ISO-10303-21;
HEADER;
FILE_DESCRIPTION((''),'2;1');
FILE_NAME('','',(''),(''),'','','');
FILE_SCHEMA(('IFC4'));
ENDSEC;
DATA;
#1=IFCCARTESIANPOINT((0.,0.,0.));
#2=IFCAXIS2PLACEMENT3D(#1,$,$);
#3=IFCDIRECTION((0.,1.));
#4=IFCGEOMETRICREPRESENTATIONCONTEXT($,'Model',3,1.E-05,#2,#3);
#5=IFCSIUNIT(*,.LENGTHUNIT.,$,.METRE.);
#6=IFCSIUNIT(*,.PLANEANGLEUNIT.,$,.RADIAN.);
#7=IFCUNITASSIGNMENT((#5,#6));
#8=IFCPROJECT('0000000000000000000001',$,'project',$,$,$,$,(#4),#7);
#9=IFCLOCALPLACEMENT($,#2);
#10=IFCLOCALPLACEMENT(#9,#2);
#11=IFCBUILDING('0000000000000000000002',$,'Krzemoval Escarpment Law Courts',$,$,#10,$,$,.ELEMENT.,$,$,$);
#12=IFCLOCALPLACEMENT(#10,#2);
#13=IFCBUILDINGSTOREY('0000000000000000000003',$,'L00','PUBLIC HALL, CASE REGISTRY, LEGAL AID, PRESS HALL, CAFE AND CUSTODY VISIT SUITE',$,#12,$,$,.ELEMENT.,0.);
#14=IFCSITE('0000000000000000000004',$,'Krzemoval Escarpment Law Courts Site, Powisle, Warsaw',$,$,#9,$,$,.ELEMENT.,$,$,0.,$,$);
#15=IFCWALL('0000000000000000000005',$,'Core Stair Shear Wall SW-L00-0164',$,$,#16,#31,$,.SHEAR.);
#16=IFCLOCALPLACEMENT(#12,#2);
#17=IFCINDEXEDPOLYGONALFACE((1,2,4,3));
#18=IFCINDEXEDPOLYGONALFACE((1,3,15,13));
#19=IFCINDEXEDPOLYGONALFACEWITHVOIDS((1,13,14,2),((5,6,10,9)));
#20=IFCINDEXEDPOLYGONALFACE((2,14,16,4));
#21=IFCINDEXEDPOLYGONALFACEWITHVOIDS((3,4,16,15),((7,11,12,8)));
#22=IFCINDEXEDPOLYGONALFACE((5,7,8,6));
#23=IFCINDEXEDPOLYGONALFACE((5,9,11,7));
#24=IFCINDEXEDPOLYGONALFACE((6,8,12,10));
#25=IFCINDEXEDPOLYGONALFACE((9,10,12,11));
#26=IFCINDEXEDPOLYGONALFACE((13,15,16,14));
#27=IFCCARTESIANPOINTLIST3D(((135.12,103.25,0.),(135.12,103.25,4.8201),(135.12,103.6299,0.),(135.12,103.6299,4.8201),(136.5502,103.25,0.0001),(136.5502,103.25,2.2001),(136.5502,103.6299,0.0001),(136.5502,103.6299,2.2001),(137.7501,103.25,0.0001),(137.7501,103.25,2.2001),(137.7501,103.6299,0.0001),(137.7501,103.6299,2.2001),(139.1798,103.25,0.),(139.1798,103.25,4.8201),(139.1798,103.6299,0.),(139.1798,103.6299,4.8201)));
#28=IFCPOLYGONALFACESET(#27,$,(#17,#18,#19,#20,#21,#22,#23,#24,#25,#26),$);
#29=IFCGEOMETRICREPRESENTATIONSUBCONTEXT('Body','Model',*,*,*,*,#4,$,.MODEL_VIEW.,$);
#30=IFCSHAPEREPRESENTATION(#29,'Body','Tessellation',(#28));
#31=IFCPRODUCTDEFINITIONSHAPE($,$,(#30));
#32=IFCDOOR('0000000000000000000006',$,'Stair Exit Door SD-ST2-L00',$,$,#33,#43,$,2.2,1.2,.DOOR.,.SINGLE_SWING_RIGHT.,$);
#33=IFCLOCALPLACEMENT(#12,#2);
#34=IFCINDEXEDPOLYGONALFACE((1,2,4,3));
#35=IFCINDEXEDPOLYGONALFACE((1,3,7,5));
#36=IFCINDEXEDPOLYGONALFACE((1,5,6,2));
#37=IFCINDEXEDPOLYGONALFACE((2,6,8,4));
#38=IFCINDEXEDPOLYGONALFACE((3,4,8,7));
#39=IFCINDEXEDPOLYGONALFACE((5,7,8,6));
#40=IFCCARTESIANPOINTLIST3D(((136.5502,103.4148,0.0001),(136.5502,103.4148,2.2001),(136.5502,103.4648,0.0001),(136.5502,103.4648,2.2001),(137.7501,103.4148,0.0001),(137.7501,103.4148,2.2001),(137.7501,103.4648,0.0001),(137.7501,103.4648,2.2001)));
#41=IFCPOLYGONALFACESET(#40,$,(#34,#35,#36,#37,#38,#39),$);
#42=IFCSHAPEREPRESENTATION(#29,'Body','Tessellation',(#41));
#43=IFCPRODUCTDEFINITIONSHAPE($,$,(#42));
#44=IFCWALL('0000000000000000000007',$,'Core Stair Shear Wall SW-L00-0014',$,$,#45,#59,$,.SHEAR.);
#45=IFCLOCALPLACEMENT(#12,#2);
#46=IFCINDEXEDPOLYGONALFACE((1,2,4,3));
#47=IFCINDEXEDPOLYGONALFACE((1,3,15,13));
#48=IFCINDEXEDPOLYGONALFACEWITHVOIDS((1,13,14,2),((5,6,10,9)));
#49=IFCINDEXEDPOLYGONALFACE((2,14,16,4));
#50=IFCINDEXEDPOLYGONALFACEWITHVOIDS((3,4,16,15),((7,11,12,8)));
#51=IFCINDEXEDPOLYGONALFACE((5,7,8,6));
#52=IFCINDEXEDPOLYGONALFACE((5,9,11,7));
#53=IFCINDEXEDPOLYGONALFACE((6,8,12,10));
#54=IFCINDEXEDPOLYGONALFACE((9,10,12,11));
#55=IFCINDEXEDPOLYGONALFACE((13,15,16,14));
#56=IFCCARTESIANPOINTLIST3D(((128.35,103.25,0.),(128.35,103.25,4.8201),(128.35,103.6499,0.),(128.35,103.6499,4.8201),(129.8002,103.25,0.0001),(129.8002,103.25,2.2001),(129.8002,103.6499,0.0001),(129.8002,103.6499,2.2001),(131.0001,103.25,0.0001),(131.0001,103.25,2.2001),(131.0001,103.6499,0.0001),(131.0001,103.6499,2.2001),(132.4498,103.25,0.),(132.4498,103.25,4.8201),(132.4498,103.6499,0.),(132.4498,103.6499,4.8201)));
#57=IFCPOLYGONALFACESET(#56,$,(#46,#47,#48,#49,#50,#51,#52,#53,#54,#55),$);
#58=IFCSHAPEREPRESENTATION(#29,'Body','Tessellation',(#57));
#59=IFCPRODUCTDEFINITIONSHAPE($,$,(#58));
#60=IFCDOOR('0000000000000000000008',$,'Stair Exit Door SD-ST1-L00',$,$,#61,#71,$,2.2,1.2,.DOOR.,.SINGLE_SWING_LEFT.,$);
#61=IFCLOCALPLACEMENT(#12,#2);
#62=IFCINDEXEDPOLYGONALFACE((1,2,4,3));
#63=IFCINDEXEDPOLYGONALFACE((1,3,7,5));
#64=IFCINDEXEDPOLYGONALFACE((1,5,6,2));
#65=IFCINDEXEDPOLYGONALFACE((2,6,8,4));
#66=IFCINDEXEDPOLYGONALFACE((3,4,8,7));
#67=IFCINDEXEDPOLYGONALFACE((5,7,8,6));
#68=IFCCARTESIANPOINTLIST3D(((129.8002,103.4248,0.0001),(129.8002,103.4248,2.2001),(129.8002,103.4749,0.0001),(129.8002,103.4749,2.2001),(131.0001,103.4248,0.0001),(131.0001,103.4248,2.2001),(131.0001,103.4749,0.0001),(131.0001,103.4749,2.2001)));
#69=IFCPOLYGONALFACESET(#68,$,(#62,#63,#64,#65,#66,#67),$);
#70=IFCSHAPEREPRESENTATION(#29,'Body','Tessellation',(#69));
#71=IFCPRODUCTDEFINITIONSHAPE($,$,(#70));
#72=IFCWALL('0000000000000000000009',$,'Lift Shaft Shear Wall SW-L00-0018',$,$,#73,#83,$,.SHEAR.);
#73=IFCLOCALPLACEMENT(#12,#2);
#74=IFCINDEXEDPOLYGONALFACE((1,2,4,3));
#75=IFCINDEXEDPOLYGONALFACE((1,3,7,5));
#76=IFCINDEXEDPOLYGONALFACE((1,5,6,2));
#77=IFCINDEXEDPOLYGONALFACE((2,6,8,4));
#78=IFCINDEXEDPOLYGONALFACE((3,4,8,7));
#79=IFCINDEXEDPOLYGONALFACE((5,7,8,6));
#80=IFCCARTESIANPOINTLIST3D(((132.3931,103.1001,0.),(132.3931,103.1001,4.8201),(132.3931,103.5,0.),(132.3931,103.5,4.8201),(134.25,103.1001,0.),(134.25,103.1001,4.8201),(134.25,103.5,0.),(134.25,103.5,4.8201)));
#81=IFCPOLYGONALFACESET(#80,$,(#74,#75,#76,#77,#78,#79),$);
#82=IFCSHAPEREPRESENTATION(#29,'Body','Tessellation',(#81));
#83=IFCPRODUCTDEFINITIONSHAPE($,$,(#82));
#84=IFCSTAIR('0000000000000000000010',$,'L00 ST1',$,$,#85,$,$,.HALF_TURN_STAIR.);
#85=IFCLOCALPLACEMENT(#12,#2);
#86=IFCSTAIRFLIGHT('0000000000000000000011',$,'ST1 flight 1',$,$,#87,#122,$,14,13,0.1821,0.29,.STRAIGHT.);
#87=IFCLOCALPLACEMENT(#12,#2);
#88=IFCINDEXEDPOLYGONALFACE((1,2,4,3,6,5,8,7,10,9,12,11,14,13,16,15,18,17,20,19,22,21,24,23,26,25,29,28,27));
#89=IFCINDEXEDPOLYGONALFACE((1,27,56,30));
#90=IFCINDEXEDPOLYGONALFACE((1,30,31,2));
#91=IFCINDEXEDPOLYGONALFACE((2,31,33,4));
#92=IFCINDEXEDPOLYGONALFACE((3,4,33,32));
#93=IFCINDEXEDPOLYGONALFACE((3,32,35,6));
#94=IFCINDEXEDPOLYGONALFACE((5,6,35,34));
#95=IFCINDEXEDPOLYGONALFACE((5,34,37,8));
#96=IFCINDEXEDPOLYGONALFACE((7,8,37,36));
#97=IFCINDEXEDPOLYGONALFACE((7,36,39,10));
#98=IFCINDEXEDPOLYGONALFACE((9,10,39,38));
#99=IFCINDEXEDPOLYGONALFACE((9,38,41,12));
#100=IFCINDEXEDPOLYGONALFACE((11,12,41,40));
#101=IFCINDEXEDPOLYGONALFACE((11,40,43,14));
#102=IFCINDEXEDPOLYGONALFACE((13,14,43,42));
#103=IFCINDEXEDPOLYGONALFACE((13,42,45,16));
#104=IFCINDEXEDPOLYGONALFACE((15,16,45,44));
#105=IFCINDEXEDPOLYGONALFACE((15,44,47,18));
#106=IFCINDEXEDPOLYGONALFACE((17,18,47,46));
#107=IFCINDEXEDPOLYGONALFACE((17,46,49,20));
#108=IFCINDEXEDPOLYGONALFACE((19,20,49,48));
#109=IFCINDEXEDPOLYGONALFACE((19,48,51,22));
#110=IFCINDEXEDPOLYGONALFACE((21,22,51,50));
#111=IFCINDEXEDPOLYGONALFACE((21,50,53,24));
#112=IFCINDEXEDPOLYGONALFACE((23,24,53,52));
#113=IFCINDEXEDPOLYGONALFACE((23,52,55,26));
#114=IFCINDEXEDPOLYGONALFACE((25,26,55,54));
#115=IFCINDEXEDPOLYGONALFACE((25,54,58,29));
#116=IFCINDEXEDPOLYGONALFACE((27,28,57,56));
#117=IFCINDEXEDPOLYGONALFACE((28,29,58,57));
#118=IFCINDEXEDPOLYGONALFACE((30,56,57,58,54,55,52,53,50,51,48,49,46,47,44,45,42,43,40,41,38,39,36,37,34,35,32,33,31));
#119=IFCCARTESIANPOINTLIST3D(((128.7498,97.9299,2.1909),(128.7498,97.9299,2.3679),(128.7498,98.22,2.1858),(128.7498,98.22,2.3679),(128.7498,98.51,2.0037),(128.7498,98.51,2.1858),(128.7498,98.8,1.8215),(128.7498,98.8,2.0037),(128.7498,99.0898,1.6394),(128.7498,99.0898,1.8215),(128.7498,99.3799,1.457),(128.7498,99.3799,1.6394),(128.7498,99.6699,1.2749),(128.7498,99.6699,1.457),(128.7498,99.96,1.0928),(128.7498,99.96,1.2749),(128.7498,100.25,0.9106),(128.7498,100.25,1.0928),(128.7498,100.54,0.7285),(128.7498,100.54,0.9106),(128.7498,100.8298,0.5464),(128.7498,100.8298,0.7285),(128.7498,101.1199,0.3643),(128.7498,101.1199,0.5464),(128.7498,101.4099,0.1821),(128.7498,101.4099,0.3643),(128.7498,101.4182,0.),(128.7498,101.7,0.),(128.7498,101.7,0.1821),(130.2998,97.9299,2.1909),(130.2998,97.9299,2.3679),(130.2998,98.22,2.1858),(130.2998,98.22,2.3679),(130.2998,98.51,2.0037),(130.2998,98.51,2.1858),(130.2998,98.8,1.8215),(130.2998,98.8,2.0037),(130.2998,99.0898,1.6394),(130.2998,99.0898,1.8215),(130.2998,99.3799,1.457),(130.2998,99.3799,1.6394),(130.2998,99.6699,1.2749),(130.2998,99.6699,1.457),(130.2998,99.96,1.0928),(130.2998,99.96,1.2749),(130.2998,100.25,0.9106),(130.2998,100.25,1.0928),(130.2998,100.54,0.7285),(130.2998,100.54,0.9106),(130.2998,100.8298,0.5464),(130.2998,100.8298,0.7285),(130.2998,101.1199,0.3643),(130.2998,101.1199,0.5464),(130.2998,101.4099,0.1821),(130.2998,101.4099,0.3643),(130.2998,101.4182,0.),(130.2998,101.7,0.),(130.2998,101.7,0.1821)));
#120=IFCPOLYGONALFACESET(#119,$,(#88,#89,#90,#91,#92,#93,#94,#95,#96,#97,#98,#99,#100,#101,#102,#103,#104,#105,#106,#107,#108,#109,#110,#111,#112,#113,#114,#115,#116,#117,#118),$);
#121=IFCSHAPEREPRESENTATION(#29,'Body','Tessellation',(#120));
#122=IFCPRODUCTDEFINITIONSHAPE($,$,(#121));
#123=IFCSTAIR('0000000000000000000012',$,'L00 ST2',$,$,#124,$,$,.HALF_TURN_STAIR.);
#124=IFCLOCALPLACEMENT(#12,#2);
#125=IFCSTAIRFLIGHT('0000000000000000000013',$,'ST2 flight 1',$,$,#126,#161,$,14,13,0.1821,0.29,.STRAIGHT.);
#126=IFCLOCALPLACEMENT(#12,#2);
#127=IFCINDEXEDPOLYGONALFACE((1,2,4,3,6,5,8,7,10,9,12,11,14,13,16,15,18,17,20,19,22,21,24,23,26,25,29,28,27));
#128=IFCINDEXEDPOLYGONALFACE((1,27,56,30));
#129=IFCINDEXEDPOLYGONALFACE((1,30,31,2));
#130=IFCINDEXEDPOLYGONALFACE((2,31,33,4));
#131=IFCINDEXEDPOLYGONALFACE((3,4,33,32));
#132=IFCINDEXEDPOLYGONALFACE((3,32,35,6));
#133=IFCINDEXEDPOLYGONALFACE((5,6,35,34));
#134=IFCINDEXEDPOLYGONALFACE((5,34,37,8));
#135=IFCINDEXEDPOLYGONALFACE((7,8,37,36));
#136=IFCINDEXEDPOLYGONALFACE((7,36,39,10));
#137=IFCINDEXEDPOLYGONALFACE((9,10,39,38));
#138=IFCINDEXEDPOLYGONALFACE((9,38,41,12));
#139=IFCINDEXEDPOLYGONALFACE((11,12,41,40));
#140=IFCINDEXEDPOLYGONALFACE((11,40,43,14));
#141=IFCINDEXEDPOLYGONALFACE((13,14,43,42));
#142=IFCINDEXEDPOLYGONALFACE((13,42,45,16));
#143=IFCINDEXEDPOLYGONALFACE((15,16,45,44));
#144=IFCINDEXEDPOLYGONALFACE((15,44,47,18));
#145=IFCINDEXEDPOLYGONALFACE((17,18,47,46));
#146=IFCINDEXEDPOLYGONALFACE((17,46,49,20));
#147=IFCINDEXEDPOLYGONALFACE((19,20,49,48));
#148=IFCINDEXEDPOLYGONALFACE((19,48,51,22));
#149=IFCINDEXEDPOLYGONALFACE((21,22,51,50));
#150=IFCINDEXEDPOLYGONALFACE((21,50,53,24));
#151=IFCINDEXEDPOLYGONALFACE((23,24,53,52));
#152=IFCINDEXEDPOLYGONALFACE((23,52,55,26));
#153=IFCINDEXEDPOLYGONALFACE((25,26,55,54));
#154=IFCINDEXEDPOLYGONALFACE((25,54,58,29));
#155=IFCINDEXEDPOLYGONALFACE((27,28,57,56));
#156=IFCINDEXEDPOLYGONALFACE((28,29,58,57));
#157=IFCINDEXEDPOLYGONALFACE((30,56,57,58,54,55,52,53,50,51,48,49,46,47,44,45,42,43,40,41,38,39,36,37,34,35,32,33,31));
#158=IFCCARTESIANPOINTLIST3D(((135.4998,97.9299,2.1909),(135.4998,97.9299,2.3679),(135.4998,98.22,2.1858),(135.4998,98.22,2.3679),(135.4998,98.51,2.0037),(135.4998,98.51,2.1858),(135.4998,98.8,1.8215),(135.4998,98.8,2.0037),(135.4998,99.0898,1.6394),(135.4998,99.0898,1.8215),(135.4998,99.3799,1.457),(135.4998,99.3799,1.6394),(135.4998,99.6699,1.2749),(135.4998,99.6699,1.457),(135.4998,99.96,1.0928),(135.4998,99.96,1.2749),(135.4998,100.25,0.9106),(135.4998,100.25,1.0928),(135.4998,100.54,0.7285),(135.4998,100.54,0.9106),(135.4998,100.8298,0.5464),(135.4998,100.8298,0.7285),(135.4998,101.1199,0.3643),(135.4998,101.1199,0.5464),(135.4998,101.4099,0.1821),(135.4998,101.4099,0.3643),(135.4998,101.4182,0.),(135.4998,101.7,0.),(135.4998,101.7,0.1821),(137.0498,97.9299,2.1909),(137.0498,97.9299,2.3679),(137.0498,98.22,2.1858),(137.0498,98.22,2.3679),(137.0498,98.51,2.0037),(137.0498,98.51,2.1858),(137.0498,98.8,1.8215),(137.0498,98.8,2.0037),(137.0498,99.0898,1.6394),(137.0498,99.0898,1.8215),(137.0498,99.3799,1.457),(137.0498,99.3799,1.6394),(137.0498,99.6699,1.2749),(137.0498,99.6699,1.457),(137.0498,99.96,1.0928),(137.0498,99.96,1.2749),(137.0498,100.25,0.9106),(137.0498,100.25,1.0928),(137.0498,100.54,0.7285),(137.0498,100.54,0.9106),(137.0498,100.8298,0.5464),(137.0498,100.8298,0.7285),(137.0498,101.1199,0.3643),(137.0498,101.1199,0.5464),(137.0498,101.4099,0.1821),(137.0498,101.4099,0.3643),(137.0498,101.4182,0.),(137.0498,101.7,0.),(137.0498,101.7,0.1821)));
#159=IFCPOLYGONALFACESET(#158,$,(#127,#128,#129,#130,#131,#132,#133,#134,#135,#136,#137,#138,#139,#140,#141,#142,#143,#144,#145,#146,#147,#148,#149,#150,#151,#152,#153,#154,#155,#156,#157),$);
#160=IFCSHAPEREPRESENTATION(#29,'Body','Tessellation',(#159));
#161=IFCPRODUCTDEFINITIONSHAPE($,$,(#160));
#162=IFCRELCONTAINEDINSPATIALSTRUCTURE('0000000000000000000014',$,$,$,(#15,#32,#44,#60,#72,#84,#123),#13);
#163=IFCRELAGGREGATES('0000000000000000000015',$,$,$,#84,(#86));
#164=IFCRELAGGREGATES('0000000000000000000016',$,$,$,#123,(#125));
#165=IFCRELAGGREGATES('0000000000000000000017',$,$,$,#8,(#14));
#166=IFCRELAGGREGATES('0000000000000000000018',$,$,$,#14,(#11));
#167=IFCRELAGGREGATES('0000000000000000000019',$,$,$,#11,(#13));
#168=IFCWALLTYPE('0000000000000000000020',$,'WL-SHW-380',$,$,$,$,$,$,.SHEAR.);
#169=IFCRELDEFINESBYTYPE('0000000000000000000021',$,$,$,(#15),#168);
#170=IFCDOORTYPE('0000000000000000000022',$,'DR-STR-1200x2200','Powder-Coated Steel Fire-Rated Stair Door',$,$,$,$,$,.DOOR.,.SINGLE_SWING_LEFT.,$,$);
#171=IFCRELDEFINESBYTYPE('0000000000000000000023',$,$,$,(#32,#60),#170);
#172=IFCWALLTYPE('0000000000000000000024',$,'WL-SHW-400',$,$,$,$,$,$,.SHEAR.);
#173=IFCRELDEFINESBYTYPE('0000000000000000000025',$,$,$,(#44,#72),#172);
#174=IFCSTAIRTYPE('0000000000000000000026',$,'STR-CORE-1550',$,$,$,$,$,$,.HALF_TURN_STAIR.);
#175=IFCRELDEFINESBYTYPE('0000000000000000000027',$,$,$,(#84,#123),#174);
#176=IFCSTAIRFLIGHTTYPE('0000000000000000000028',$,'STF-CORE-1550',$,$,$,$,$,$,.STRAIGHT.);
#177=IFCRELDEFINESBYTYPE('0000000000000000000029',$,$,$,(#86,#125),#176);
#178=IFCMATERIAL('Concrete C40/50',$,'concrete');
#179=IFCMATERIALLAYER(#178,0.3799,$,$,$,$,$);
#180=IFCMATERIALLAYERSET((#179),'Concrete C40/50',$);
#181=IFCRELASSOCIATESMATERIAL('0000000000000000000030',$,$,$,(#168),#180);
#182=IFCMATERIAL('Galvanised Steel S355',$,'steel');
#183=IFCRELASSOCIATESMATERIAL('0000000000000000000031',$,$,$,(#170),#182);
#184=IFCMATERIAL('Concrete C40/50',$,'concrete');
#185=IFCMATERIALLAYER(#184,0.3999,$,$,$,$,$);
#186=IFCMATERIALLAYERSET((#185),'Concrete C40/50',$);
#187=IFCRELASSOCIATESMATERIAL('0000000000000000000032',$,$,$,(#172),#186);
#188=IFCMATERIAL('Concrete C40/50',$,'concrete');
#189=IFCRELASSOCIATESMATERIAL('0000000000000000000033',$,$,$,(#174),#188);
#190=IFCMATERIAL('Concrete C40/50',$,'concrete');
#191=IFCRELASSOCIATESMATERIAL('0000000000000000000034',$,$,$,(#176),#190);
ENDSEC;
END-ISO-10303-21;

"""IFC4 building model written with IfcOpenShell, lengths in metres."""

from ifc_helpers import new_model, si_unit, direction, frame, frame_2d, origin, place, context, subcontext, project, spatial, polyline, rectangle, outline, extrude, material, layer, layer_set, type_object, element, fill, aggregate, save


model = new_model("IFC4")

# Units and contexts
model_context = context("Model", 3, precision=1e-05, world=origin(), true_north=direction((0.0, 1.0)))
body_context = subcontext(model_context, "Body", "Model", "MODEL_VIEW")
ifc_project = project(units=[si_unit("LENGTHUNIT", "METRE"), si_unit("PLANEANGLEUNIT", "RADIAN")], contexts=[model_context])

# Site, building, storey
site_placement = place(None, origin())
site = spatial("IfcSite", under=ifc_project, at=site_placement, Name="Krzemoval Escarpment Law Courts Site, Powisle, Warsaw", CompositionType="ELEMENT", RefElevation=0.0)
building_placement = place(site_placement, origin())
building = spatial("IfcBuilding", under=site, at=building_placement, Name="Krzemoval Escarpment Law Courts", CompositionType="ELEMENT")
storey_placement = place(building_placement, origin())
storey = spatial("IfcBuildingStorey", under=building, at=storey_placement, Name="L00", Description="PUBLIC HALL, CASE REGISTRY, LEGAL AID, PRESS HALL, CAFE AND CUSTODY VISIT SUITE", CompositionType="ELEMENT", Elevation=0.0)

# Walls, openings, doors
ifc_material_1 = material(Name="Concrete C40/50", Category="concrete")
ifc_layer_1 = layer(ifc_material_1, 0.3799)
ifc_layer_set_1 = layer_set([ifc_layer_1], Name="Concrete C40/50")
wall_type_1 = type_object("IfcWallType", Name="WL-SHW-380", PredefinedType="SHEAR", material=ifc_layer_set_1)
wall_1_placement = place(storey_placement, frame((135.1201, 103.4399, 0.0), z_axis=(0.0, 0.0, 1.0), x_axis=(1.0, 0.0, 0.0)))
wall_1 = element("IfcWall", 1, at=wall_1_placement, inside=storey, type_object=wall_type_1, Name="Core Stair Shear Wall SW-L00-0164", PredefinedType="SHEAR", context=body_context, shape_type="SweptSolid", body=[
    extrude(rectangle(XDim=4.0598, YDim=0.3799, at=frame_2d((2.0298, 0.0))), origin(), (0.0, 0.0, 1.0), 4.8201),
])
opening_1_placement = place(wall_1_placement, frame((1.4299, 0.0, 0.0)))
opening_1 = element("IfcOpeningElement", 2, at=opening_1_placement, cuts=wall_1, PredefinedType="OPENING", context=body_context, shape_type="SweptSolid", body=[
    extrude(rectangle(XDim=1.2, YDim=2.2, at=frame_2d((0.6001, 1.1001))), frame((0.0, 0.2049, 0.0), z_axis=(0.0, -1.0, 0.0), x_axis=(1.0, 0.0, 0.0)), (0.0, 0.0, 1.0), 0.4099),
])
ifc_material_2 = material(Name="Galvanised Steel S355", Category="steel")
door_type_1 = type_object("IfcDoorType", Name="DR-STR-1200x2200", Description="Powder-Coated Steel Fire-Rated Stair Door", OperationType="SINGLE_SWING_LEFT", PredefinedType="DOOR", material=ifc_material_2)
door_1_placement = place(opening_1_placement, origin())
door_1 = element("IfcDoor", 3, at=door_1_placement, inside=storey, type_object=door_type_1, Name="Stair Exit Door SD-ST2-L00", OperationType="SINGLE_SWING_RIGHT", OverallHeight=2.2, OverallWidth=1.2, PredefinedType="DOOR", context=body_context, shape_type="SweptSolid", body=[
    extrude(rectangle(XDim=1.2, YDim=2.2, at=frame_2d((0.6001, 1.1001))), frame((0.0, 0.0249, 0.0), z_axis=(0.0, -1.0, 0.0), x_axis=(1.0, 0.0, 0.0)), (0.0, 0.0, 1.0), 0.05),
])
fill(opening_1, door_1)
ifc_material_3 = material(Name="Concrete C40/50", Category="concrete")
ifc_layer_2 = layer(ifc_material_3, 0.3999)
ifc_layer_set_2 = layer_set([ifc_layer_2], Name="Concrete C40/50")
wall_type_2 = type_object("IfcWallType", Name="WL-SHW-400", PredefinedType="SHEAR", material=ifc_layer_set_2)
wall_2_placement = place(storey_placement, frame((128.3501, 103.45, 0.0), z_axis=(0.0, 0.0, 1.0), x_axis=(1.0, 0.0, 0.0)))
wall_2 = element("IfcWall", 4, at=wall_2_placement, inside=storey, type_object=wall_type_2, Name="Core Stair Shear Wall SW-L00-0014", PredefinedType="SHEAR", context=body_context, shape_type="SweptSolid", body=[
    extrude(rectangle(XDim=4.0999, YDim=0.3999, at=frame_2d((2.0498, 0.0))), origin(), (0.0, 0.0, 1.0), 4.8201),
])
opening_2_placement = place(wall_2_placement, frame((1.45, 0.0, 0.0)))
opening_2 = element("IfcOpeningElement", 5, at=opening_2_placement, cuts=wall_2, PredefinedType="OPENING", context=body_context, shape_type="SweptSolid", body=[
    extrude(rectangle(XDim=1.2, YDim=2.2, at=frame_2d((0.6001, 1.1001))), frame((0.0, 0.215, 0.0), z_axis=(0.0, -1.0, 0.0), x_axis=(1.0, 0.0, 0.0)), (0.0, 0.0, 1.0), 0.4299),
])
door_2_placement = place(opening_2_placement, origin())
door_2 = element("IfcDoor", 6, at=door_2_placement, inside=storey, type_object=door_type_1, Name="Stair Exit Door SD-ST1-L00", OperationType="SINGLE_SWING_LEFT", OverallHeight=2.2, OverallWidth=1.2, PredefinedType="DOOR", context=body_context, shape_type="SweptSolid", body=[
    extrude(rectangle(XDim=1.2, YDim=2.2, at=frame_2d((0.6001, 1.1001))), frame((0.0, 0.0249, 0.0), z_axis=(0.0, -1.0, 0.0), x_axis=(1.0, 0.0, 0.0)), (0.0, 0.0, 1.0), 0.05),
])
fill(opening_2, door_2)

# Wall
wall_3_placement = place(storey_placement, frame((132.3931, 103.3, 0.0), z_axis=(0.0, 0.0, 1.0), x_axis=(1.0, 0.0, 0.0)))
element("IfcWall", 7, at=wall_3_placement, inside=storey, type_object=wall_type_2, Name="Lift Shaft Shear Wall SW-L00-0018", PredefinedType="SHEAR", context=body_context, shape_type="SweptSolid", body=[
    extrude(rectangle(XDim=1.8569, YDim=0.3999, at=frame_2d((0.9285, 0.0))), origin(), (0.0, 0.0, 1.0), 4.8201),
])

# Stairs, stair flights
ifc_material_4 = material(Name="Concrete C40/50", Category="concrete")
stair_type = type_object("IfcStairType", Name="STR-CORE-1550", PredefinedType="HALF_TURN_STAIR", material=ifc_material_4)
stair_1_placement = place(storey_placement, origin())
stair_1 = element("IfcStair", 8, at=stair_1_placement, inside=storey, type_object=stair_type, Name="L00 ST1", PredefinedType="HALF_TURN_STAIR")
ifc_material_5 = material(Name="Concrete C40/50", Category="concrete")
stair_flight_type = type_object("IfcStairFlightType", Name="STF-CORE-1550", PredefinedType="STRAIGHT", material=ifc_material_5)
stair_flight_1_placement = place(storey_placement, frame((129.5249, 101.7, 0.0), z_axis=(0.0, 0.0, 1.0), x_axis=(0.0, -1.0, 0.0)))
stair_flight_1 = element("IfcStairFlight", 9, at=stair_flight_1_placement, type_object=stair_flight_type, Name="ST1 flight 1", NumberOfRisers=14, NumberOfTreads=13, PredefinedType="STRAIGHT", RiserHeight=0.1821, TreadLength=0.29, context=body_context, shape_type="SweptSolid", body=[
    extrude(outline(polyline([(0.0, 0.0), (0.0, 0.1821), (0.29, 0.1821), (0.29, 0.3643), (0.5801, 0.3643), (0.5801, 0.5464), (0.8701, 0.5464), (0.8701, 0.7285), (1.1599, 0.7285), (1.1599, 0.9106), (1.45, 0.9106), (1.45, 1.0928), (1.74, 1.0928), (1.74, 1.2749), (2.03, 1.2749), (2.03, 1.457), (2.3201, 1.457), (2.3201, 1.6394), (2.6101, 1.6394), (2.6101, 1.8215), (2.8999, 1.8215), (2.8999, 2.0037), (3.1899, 2.0037), (3.1899, 2.1858), (3.48, 2.1858), (3.48, 2.3679), (3.77, 2.3679), (3.77, 2.55), (3.77, 2.1909), (0.2817, 0.0), (0.0, 0.0)])), frame((0.0, 0.7749, 0.0), z_axis=(0.0, -1.0, 0.0), x_axis=(1.0, 0.0, 0.0)), (0.0, 0.0, 1.0), 1.55),
])
aggregate(stair_1, [stair_flight_1])
stair_2_placement = place(storey_placement, origin())
stair_2 = element("IfcStair", 10, at=stair_2_placement, inside=storey, type_object=stair_type, Name="L00 ST2", PredefinedType="HALF_TURN_STAIR")
stair_flight_2_placement = place(storey_placement, frame((136.2749, 101.7, 0.0), z_axis=(0.0, 0.0, 1.0), x_axis=(0.0, -1.0, 0.0)))
stair_flight_2 = element("IfcStairFlight", 11, at=stair_flight_2_placement, type_object=stair_flight_type, Name="ST2 flight 1", NumberOfRisers=14, NumberOfTreads=13, PredefinedType="STRAIGHT", RiserHeight=0.1821, TreadLength=0.29, context=body_context, shape_type="SweptSolid", body=[
    extrude(outline(polyline([(0.0, 0.0), (0.0, 0.1821), (0.29, 0.1821), (0.29, 0.3643), (0.5801, 0.3643), (0.5801, 0.5464), (0.8701, 0.5464), (0.8701, 0.7285), (1.1599, 0.7285), (1.1599, 0.9106), (1.45, 0.9106), (1.45, 1.0928), (1.74, 1.0928), (1.74, 1.2749), (2.03, 1.2749), (2.03, 1.457), (2.3201, 1.457), (2.3201, 1.6394), (2.6101, 1.6394), (2.6101, 1.8215), (2.8999, 1.8215), (2.8999, 2.0037), (3.1899, 2.0037), (3.1899, 2.1858), (3.48, 2.1858), (3.48, 2.3679), (3.77, 2.3679), (3.77, 2.55), (3.77, 2.1909), (0.2817, 0.0), (0.0, 0.0)])), frame((0.0, 0.7749, 0.0), z_axis=(0.0, -1.0, 0.0), x_axis=(1.0, 0.0, 0.0)), (0.0, 0.0, 1.0), 1.55),
])
aggregate(stair_2, [stair_flight_2])

save(model, "model.ifc")
